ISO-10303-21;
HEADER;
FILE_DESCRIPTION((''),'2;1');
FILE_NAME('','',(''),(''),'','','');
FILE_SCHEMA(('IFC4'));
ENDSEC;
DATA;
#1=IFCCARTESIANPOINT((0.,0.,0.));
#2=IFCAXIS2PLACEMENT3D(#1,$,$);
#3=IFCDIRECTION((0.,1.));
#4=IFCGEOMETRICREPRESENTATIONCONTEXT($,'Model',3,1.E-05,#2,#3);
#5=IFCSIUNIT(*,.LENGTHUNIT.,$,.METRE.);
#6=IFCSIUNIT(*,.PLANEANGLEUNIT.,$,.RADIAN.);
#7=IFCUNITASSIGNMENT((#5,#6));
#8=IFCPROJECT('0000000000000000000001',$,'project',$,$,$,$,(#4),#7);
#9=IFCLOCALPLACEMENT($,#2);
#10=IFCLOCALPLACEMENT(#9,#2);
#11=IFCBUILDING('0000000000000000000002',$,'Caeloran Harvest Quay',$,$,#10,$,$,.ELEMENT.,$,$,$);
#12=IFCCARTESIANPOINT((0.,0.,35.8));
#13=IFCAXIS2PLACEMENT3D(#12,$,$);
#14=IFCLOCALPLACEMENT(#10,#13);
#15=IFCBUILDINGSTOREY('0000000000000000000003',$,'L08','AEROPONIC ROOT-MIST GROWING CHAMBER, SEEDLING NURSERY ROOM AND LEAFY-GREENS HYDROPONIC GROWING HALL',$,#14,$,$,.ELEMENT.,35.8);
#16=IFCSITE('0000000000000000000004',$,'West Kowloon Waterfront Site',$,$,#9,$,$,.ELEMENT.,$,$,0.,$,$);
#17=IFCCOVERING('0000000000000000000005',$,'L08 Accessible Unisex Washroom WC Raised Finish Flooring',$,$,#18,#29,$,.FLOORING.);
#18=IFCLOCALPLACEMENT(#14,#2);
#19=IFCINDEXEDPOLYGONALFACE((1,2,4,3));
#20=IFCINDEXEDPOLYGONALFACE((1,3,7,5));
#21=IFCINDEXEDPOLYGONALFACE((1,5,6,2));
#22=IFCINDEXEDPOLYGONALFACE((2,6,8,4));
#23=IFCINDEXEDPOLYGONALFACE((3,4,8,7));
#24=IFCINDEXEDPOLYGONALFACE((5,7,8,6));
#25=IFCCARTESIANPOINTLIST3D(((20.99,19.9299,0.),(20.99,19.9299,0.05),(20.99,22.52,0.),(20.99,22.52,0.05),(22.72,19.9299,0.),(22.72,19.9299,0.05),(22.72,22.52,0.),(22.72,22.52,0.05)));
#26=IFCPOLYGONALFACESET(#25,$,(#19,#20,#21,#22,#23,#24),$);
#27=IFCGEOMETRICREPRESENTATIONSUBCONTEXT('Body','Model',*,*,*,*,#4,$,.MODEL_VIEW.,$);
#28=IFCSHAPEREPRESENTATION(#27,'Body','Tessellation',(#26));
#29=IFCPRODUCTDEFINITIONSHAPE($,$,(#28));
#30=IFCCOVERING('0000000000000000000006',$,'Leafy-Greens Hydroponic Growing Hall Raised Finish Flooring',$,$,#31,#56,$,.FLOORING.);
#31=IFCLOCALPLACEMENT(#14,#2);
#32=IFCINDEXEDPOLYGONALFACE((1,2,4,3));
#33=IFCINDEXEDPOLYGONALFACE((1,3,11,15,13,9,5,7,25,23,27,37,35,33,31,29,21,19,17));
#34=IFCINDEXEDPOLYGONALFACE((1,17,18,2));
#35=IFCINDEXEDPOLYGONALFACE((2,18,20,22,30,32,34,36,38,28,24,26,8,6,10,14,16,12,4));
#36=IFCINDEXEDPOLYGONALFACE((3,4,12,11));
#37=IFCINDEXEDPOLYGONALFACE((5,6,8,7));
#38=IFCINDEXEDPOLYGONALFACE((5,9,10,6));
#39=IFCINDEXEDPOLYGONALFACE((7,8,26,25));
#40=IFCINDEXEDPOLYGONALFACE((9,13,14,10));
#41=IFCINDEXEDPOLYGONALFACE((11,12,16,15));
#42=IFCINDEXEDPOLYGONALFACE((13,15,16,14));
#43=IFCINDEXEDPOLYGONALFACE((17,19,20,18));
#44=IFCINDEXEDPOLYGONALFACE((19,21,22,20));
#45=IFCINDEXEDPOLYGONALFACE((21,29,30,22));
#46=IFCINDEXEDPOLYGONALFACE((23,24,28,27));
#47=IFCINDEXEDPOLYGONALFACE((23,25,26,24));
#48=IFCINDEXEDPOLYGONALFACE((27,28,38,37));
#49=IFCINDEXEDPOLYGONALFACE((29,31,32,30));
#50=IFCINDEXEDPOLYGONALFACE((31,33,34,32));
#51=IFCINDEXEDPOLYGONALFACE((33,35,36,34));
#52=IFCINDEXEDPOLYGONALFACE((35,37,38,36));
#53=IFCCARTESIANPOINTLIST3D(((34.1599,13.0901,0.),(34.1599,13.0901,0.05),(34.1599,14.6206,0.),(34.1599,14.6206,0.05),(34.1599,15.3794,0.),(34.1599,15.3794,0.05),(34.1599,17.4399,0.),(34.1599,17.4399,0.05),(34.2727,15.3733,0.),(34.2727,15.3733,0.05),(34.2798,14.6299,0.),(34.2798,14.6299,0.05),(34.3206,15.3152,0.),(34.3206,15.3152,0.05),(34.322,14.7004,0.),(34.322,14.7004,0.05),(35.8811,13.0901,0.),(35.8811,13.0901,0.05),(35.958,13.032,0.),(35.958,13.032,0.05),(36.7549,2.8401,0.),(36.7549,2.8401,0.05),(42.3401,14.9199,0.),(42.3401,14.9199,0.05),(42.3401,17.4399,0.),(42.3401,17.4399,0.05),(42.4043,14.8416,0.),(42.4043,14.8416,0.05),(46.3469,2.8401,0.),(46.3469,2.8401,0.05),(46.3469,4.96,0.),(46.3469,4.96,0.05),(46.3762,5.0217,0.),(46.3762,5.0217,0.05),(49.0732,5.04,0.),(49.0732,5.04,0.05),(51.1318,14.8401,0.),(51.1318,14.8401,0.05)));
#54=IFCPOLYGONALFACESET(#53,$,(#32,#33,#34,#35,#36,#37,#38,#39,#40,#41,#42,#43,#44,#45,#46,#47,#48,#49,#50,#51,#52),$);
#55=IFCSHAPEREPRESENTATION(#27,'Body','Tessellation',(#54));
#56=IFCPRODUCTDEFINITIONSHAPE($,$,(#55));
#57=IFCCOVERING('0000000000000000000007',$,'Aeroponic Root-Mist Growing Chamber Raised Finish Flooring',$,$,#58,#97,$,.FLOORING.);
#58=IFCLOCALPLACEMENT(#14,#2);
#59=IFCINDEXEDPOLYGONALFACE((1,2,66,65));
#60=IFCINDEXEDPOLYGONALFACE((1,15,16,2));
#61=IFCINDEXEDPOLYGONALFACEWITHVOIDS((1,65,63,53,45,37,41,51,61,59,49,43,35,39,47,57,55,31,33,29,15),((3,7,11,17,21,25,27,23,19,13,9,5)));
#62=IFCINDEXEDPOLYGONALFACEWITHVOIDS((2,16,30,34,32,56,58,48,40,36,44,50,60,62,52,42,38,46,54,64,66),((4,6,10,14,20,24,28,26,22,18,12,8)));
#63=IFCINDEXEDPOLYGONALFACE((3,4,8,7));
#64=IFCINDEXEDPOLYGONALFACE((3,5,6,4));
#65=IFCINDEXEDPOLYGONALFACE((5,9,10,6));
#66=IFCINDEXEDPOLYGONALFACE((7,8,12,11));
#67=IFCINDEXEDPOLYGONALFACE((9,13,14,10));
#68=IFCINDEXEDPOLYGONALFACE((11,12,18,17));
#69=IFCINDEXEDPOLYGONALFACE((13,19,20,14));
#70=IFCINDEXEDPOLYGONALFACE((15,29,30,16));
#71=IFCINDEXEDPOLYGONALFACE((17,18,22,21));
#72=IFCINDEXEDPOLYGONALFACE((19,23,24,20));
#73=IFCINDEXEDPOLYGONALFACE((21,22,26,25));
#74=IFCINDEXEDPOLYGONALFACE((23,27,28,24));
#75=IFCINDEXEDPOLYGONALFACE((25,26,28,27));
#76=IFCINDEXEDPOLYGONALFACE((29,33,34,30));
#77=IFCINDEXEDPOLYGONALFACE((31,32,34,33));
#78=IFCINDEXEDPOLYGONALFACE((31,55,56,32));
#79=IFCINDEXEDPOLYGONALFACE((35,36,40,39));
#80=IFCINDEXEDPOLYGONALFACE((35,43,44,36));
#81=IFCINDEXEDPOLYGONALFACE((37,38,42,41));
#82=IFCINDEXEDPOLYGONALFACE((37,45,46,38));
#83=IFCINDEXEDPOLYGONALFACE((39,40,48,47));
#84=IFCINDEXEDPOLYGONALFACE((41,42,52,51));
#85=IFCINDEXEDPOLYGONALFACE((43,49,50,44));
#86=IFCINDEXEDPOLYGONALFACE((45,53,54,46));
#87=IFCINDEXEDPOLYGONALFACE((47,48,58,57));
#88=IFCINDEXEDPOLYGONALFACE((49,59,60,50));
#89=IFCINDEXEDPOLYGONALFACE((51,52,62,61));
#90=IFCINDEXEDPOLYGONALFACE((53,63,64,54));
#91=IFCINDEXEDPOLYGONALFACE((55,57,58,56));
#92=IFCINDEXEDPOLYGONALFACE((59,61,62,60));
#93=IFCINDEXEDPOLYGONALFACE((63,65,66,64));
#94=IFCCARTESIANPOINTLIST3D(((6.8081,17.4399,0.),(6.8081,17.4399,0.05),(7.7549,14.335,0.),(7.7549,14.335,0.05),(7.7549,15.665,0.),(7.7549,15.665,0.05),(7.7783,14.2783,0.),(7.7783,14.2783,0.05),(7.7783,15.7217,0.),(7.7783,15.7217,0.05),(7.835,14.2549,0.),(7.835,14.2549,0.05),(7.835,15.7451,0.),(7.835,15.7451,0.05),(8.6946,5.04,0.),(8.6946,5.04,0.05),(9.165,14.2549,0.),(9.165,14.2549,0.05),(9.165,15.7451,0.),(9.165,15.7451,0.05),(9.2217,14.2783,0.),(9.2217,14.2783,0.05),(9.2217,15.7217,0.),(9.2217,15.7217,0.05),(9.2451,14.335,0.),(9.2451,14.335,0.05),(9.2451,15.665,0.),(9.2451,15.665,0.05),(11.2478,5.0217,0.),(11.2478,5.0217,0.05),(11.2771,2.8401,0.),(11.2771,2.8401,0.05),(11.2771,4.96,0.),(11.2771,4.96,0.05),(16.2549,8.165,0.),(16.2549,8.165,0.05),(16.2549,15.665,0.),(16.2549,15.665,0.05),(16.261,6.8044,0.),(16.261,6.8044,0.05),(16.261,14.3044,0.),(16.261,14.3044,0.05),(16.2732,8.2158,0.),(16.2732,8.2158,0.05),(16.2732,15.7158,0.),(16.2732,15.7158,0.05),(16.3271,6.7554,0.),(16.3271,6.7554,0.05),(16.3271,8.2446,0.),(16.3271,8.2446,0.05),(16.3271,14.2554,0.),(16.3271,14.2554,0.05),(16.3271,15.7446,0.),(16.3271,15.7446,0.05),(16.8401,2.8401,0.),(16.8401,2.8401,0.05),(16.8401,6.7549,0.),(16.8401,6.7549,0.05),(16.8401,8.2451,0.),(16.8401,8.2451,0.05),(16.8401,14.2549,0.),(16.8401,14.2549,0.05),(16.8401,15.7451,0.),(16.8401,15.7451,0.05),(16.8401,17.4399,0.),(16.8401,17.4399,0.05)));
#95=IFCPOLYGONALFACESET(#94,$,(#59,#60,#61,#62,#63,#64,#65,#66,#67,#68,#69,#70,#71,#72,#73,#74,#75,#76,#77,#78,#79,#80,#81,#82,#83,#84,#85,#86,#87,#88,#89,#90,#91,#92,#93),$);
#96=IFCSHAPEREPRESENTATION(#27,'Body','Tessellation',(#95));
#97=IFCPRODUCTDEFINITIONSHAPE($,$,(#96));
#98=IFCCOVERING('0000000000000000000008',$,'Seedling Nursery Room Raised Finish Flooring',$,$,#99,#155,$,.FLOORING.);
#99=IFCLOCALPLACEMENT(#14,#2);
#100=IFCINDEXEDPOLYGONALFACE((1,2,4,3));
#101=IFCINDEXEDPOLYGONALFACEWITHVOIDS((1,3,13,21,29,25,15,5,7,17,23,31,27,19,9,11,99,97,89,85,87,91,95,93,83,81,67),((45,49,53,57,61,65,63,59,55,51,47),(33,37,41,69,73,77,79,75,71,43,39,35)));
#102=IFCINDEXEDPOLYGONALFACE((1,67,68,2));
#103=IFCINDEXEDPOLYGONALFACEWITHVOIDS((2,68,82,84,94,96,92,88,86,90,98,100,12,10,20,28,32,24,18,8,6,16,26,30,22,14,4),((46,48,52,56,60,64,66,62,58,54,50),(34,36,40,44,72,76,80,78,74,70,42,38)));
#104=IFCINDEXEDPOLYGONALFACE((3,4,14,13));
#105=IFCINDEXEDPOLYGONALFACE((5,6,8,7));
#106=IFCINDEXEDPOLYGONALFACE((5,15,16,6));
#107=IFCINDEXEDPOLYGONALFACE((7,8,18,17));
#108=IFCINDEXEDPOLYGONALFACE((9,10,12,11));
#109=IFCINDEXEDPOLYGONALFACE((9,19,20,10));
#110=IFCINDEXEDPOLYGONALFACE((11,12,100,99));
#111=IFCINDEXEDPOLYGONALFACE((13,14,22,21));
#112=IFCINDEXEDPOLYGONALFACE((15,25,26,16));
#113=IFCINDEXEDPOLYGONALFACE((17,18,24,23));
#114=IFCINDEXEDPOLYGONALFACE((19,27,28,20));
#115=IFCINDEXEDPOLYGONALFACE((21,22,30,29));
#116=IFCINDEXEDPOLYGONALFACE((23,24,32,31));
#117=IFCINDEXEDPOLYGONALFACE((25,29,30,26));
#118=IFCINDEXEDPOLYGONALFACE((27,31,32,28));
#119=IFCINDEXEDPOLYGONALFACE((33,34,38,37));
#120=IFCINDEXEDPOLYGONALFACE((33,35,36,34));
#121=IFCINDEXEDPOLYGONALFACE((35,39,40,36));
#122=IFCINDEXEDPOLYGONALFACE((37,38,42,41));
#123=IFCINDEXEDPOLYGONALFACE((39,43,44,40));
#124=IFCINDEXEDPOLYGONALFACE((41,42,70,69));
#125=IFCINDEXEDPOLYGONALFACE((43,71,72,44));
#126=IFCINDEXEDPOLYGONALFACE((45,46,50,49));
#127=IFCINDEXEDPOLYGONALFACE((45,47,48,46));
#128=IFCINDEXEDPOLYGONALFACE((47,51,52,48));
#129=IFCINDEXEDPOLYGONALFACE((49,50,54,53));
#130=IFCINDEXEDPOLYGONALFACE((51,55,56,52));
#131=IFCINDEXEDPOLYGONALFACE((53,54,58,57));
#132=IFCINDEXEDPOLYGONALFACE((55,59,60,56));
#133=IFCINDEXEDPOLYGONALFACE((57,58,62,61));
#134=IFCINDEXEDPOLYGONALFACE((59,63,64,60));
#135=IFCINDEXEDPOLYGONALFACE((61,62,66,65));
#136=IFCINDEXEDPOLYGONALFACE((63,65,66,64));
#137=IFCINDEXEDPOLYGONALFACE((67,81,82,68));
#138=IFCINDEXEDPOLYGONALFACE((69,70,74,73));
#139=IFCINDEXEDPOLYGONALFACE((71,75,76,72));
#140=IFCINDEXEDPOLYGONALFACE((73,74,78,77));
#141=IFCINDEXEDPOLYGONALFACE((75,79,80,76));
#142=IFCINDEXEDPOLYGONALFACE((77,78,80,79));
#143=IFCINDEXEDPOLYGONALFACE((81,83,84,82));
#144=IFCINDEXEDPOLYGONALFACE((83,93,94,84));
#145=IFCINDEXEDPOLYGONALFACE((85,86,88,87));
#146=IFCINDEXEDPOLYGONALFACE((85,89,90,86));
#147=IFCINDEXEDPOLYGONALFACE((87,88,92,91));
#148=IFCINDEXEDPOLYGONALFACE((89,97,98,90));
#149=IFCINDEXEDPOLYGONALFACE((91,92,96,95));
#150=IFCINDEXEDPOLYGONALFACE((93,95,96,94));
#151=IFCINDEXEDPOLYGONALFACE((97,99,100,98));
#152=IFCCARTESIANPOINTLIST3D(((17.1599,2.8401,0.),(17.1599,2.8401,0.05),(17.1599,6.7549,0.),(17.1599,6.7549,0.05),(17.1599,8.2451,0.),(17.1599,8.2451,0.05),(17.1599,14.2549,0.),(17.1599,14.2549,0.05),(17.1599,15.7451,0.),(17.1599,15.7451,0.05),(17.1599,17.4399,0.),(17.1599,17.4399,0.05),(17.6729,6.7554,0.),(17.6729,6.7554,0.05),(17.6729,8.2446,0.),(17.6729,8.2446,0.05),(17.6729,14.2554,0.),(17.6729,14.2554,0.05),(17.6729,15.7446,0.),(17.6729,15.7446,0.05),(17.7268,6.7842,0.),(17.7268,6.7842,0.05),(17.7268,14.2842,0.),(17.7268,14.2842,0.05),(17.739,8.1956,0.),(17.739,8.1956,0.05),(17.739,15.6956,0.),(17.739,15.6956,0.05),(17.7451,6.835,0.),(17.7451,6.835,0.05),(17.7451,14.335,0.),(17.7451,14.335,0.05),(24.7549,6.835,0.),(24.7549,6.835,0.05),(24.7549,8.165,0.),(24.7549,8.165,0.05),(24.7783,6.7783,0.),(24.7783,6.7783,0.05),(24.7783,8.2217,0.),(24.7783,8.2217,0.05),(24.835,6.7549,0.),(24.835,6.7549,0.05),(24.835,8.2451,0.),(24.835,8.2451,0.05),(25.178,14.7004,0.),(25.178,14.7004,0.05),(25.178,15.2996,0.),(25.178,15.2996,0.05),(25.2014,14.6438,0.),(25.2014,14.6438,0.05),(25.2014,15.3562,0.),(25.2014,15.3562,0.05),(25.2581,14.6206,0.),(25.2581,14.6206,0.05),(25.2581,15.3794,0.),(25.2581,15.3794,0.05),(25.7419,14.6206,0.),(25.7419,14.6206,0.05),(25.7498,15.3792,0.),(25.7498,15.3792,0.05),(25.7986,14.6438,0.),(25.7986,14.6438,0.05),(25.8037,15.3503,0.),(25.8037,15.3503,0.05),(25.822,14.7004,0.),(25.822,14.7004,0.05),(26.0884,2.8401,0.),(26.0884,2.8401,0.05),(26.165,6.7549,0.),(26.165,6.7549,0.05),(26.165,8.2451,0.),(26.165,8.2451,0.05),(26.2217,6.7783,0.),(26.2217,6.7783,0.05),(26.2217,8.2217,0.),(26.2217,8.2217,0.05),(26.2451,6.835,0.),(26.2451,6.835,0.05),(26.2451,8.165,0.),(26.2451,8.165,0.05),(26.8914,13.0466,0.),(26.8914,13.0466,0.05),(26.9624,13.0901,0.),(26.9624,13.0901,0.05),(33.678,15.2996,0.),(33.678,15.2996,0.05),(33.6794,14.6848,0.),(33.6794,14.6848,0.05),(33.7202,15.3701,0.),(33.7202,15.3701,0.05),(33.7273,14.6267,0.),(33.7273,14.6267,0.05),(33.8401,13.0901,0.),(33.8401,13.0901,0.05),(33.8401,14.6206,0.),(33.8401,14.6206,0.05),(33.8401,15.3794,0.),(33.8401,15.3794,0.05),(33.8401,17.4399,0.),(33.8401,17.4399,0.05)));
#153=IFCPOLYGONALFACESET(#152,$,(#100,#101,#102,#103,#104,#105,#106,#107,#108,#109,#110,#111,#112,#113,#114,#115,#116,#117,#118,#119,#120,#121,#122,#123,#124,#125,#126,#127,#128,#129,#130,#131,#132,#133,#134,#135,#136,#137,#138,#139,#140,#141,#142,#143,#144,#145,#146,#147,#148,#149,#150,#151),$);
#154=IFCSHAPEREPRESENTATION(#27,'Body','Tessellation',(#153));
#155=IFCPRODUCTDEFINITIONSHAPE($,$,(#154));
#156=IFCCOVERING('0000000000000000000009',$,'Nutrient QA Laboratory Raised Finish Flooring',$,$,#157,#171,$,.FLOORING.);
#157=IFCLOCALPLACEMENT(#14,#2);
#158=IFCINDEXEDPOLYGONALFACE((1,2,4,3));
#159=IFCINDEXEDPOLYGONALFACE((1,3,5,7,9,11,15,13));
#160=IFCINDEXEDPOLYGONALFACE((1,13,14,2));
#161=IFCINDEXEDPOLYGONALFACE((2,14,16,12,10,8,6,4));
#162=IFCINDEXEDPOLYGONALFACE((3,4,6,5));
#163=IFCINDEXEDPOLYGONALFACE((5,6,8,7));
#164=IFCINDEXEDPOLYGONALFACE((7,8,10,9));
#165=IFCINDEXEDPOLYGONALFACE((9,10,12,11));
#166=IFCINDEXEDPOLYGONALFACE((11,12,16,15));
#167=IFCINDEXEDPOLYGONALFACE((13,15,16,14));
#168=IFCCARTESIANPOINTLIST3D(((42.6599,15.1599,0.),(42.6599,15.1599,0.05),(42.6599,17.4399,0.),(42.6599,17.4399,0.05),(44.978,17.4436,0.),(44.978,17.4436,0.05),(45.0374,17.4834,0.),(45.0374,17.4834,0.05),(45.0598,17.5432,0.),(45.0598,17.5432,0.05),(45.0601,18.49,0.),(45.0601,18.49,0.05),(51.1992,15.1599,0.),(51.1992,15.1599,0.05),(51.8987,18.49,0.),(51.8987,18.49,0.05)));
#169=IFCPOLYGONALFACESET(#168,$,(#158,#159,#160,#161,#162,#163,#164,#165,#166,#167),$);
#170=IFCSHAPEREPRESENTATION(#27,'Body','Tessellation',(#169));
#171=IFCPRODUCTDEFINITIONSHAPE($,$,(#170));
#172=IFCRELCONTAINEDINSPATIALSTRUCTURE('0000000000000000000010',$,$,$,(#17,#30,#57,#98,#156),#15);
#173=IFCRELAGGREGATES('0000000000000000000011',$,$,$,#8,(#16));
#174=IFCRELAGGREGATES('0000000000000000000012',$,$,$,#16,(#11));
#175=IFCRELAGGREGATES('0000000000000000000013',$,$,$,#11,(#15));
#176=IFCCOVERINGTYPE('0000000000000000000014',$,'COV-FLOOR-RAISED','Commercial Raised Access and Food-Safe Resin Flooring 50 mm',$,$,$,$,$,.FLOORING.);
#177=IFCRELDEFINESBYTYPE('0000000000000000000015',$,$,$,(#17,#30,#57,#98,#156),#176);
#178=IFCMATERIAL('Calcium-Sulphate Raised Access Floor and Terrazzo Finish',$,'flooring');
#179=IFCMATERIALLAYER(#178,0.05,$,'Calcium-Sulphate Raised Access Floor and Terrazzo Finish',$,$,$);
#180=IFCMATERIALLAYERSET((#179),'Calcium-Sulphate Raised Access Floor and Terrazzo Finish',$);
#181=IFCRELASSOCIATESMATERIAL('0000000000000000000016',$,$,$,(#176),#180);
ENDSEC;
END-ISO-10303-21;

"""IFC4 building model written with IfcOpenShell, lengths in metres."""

from ifc_helpers import new_model, si_unit, direction, frame, origin, place, context, subcontext, project, spatial, polyline, outline, extrude, material, layer, layer_set, type_object, element, save


model = new_model("IFC4")

# Units and contexts
model_context = context("Model", 3, precision=1e-05, world=origin(), true_north=direction((0.0, 1.0)))
body_context = subcontext(model_context, "Body", "Model", "MODEL_VIEW")
ifc_project = project(units=[si_unit("LENGTHUNIT", "METRE"), si_unit("PLANEANGLEUNIT", "RADIAN")], contexts=[model_context])

# Site, building, storey
site_placement = place(None, origin())
site = spatial("IfcSite", under=ifc_project, at=site_placement, Name="West Kowloon Waterfront Site", CompositionType="ELEMENT", RefElevation=0.0)
building_placement = place(site_placement, origin())
building = spatial("IfcBuilding", under=site, at=building_placement, Name="Caeloran Harvest Quay", CompositionType="ELEMENT")
storey_placement = place(building_placement, frame((0.0, 0.0, 35.8)))
storey = spatial("IfcBuildingStorey", under=building, at=storey_placement, Name="L08", Description="AEROPONIC ROOT-MIST GROWING CHAMBER, SEEDLING NURSERY ROOM AND LEAFY-GREENS HYDROPONIC GROWING HALL", CompositionType="ELEMENT", Elevation=35.8)

# Coverings
ifc_material_1 = material(Name="Calcium-Sulphate Raised Access Floor and Terrazzo Finish", Category="flooring")
ifc_layer_1 = layer(ifc_material_1, 0.05, Name="Calcium-Sulphate Raised Access Floor and Terrazzo Finish")
ifc_layer_set_1 = layer_set([ifc_layer_1], Name="Calcium-Sulphate Raised Access Floor and Terrazzo Finish")
covering_type_1 = type_object("IfcCoveringType", Name="COV-FLOOR-RAISED", Description="Commercial Raised Access and Food-Safe Resin Flooring 50 mm", PredefinedType="FLOORING", material=ifc_layer_set_1)
covering_1_placement = place(storey_placement, origin())
element("IfcCovering", 1, at=covering_1_placement, inside=storey, type_object=covering_type_1, Name="L08 Accessible Unisex Washroom WC Raised Finish Flooring", PredefinedType="FLOORING", context=body_context, shape_type="SweptSolid", body=[
    extrude(outline(polyline([(22.72, 19.9299), (20.99, 19.9299), (20.99, 22.52), (22.72, 22.52), (22.72, 19.9299)])), origin(), (0.0, 0.0, 1.0), 0.05),
])
covering_2_placement = place(storey_placement, origin())
element("IfcCovering", 2, at=covering_2_placement, inside=storey, type_object=covering_type_1, Name="Leafy-Greens Hydroponic Growing Hall Raised Finish Flooring", PredefinedType="FLOORING", context=body_context, shape_type="SweptSolid", body=[
    extrude(outline(polyline([(34.1599, 13.0901), (34.1599, 14.6206), (34.2798, 14.6299), (34.322, 14.7004), (34.3206, 15.3152), (34.2727, 15.3733), (34.1599, 15.3794), (34.1599, 17.4399), (42.3401, 17.4399), (42.3401, 14.9199), (42.4043, 14.8416), (51.1318, 14.8401), (49.0732, 5.04), (46.3762, 5.0217), (46.3469, 4.96), (46.3469, 2.8401), (36.7549, 2.8401), (35.958, 13.032), (35.8811, 13.0901), (34.1599, 13.0901)])), origin(), (0.0, 0.0, 1.0), 0.05),
])
covering_3_placement = place(storey_placement, origin())
element("IfcCovering", 3, at=covering_3_placement, inside=storey, type_object=covering_type_1, Name="Aeroponic Root-Mist Growing Chamber Raised Finish Flooring", PredefinedType="FLOORING", context=body_context, shape_type="SweptSolid", body=[
    extrude(outline(polyline([(16.8401, 17.4399), (16.8401, 15.7451), (16.3271, 15.7446), (16.2732, 15.7158), (16.2549, 15.665), (16.261, 14.3044), (16.3271, 14.2554), (16.8401, 14.2549), (16.8401, 8.2451), (16.3271, 8.2446), (16.2732, 8.2158), (16.2549, 8.165), (16.261, 6.8044), (16.3271, 6.7554), (16.8401, 6.7549), (16.8401, 2.8401), (11.2771, 2.8401), (11.2771, 4.96), (11.2478, 5.0217), (8.6946, 5.04), (6.8081, 17.4399), (16.8401, 17.4399)]), holes=[polyline([(9.2451, 15.665), (9.2217, 15.7217), (9.165, 15.7451), (7.835, 15.7451), (7.7783, 15.7217), (7.7549, 15.665), (7.7549, 14.335), (7.7783, 14.2783), (7.835, 14.2549), (9.165, 14.2549), (9.2217, 14.2783), (9.2451, 14.335), (9.2451, 15.665)])]), origin(), (0.0, 0.0, 1.0), 0.05),
])
covering_4_placement = place(storey_placement, origin())
element("IfcCovering", 4, at=covering_4_placement, inside=storey, type_object=covering_type_1, Name="Seedling Nursery Room Raised Finish Flooring", PredefinedType="FLOORING", context=body_context, shape_type="SweptSolid", body=[
    extrude(outline(polyline([(33.8401, 17.4399), (33.8401, 15.3794), (33.7202, 15.3701), (33.678, 15.2996), (33.6794, 14.6848), (33.7273, 14.6267), (33.8401, 14.6206), (33.8401, 13.0901), (26.9624, 13.0901), (26.8914, 13.0466), (26.0884, 2.8401), (17.1599, 2.8401), (17.1599, 6.7549), (17.6729, 6.7554), (17.7268, 6.7842), (17.7451, 6.835), (17.739, 8.1956), (17.6729, 8.2446), (17.1599, 8.2451), (17.1599, 14.2549), (17.6729, 14.2554), (17.7268, 14.2842), (17.7451, 14.335), (17.739, 15.6956), (17.6729, 15.7446), (17.1599, 15.7451), (17.1599, 17.4399), (33.8401, 17.4399)]), holes=[polyline([(26.2451, 8.165), (26.2217, 8.2217), (26.165, 8.2451), (24.835, 8.2451), (24.7783, 8.2217), (24.7549, 8.165), (24.7549, 6.835), (24.7783, 6.7783), (24.835, 6.7549), (26.165, 6.7549), (26.2217, 6.7783), (26.2451, 6.835), (26.2451, 8.165)]), polyline([(25.822, 14.7004), (25.8037, 15.3503), (25.7498, 15.3792), (25.2581, 15.3794), (25.2014, 15.3562), (25.178, 15.2996), (25.178, 14.7004), (25.2014, 14.6438), (25.2581, 14.6206), (25.7419, 14.6206), (25.7986, 14.6438), (25.822, 14.7004)])]), origin(), (0.0, 0.0, 1.0), 0.05),
])
covering_5_placement = place(storey_placement, origin())
element("IfcCovering", 5, at=covering_5_placement, inside=storey, type_object=covering_type_1, Name="Nutrient QA Laboratory Raised Finish Flooring", PredefinedType="FLOORING", context=body_context, shape_type="SweptSolid", body=[
    extrude(outline(polyline([(44.978, 17.4436), (45.0374, 17.4834), (45.0598, 17.5432), (45.0601, 18.49), (51.8987, 18.49), (51.1992, 15.1599), (42.6599, 15.1599), (42.6599, 17.4399), (44.978, 17.4436)])), origin(), (0.0, 0.0, 1.0), 0.05),
])

save(model, "model.ifc")
